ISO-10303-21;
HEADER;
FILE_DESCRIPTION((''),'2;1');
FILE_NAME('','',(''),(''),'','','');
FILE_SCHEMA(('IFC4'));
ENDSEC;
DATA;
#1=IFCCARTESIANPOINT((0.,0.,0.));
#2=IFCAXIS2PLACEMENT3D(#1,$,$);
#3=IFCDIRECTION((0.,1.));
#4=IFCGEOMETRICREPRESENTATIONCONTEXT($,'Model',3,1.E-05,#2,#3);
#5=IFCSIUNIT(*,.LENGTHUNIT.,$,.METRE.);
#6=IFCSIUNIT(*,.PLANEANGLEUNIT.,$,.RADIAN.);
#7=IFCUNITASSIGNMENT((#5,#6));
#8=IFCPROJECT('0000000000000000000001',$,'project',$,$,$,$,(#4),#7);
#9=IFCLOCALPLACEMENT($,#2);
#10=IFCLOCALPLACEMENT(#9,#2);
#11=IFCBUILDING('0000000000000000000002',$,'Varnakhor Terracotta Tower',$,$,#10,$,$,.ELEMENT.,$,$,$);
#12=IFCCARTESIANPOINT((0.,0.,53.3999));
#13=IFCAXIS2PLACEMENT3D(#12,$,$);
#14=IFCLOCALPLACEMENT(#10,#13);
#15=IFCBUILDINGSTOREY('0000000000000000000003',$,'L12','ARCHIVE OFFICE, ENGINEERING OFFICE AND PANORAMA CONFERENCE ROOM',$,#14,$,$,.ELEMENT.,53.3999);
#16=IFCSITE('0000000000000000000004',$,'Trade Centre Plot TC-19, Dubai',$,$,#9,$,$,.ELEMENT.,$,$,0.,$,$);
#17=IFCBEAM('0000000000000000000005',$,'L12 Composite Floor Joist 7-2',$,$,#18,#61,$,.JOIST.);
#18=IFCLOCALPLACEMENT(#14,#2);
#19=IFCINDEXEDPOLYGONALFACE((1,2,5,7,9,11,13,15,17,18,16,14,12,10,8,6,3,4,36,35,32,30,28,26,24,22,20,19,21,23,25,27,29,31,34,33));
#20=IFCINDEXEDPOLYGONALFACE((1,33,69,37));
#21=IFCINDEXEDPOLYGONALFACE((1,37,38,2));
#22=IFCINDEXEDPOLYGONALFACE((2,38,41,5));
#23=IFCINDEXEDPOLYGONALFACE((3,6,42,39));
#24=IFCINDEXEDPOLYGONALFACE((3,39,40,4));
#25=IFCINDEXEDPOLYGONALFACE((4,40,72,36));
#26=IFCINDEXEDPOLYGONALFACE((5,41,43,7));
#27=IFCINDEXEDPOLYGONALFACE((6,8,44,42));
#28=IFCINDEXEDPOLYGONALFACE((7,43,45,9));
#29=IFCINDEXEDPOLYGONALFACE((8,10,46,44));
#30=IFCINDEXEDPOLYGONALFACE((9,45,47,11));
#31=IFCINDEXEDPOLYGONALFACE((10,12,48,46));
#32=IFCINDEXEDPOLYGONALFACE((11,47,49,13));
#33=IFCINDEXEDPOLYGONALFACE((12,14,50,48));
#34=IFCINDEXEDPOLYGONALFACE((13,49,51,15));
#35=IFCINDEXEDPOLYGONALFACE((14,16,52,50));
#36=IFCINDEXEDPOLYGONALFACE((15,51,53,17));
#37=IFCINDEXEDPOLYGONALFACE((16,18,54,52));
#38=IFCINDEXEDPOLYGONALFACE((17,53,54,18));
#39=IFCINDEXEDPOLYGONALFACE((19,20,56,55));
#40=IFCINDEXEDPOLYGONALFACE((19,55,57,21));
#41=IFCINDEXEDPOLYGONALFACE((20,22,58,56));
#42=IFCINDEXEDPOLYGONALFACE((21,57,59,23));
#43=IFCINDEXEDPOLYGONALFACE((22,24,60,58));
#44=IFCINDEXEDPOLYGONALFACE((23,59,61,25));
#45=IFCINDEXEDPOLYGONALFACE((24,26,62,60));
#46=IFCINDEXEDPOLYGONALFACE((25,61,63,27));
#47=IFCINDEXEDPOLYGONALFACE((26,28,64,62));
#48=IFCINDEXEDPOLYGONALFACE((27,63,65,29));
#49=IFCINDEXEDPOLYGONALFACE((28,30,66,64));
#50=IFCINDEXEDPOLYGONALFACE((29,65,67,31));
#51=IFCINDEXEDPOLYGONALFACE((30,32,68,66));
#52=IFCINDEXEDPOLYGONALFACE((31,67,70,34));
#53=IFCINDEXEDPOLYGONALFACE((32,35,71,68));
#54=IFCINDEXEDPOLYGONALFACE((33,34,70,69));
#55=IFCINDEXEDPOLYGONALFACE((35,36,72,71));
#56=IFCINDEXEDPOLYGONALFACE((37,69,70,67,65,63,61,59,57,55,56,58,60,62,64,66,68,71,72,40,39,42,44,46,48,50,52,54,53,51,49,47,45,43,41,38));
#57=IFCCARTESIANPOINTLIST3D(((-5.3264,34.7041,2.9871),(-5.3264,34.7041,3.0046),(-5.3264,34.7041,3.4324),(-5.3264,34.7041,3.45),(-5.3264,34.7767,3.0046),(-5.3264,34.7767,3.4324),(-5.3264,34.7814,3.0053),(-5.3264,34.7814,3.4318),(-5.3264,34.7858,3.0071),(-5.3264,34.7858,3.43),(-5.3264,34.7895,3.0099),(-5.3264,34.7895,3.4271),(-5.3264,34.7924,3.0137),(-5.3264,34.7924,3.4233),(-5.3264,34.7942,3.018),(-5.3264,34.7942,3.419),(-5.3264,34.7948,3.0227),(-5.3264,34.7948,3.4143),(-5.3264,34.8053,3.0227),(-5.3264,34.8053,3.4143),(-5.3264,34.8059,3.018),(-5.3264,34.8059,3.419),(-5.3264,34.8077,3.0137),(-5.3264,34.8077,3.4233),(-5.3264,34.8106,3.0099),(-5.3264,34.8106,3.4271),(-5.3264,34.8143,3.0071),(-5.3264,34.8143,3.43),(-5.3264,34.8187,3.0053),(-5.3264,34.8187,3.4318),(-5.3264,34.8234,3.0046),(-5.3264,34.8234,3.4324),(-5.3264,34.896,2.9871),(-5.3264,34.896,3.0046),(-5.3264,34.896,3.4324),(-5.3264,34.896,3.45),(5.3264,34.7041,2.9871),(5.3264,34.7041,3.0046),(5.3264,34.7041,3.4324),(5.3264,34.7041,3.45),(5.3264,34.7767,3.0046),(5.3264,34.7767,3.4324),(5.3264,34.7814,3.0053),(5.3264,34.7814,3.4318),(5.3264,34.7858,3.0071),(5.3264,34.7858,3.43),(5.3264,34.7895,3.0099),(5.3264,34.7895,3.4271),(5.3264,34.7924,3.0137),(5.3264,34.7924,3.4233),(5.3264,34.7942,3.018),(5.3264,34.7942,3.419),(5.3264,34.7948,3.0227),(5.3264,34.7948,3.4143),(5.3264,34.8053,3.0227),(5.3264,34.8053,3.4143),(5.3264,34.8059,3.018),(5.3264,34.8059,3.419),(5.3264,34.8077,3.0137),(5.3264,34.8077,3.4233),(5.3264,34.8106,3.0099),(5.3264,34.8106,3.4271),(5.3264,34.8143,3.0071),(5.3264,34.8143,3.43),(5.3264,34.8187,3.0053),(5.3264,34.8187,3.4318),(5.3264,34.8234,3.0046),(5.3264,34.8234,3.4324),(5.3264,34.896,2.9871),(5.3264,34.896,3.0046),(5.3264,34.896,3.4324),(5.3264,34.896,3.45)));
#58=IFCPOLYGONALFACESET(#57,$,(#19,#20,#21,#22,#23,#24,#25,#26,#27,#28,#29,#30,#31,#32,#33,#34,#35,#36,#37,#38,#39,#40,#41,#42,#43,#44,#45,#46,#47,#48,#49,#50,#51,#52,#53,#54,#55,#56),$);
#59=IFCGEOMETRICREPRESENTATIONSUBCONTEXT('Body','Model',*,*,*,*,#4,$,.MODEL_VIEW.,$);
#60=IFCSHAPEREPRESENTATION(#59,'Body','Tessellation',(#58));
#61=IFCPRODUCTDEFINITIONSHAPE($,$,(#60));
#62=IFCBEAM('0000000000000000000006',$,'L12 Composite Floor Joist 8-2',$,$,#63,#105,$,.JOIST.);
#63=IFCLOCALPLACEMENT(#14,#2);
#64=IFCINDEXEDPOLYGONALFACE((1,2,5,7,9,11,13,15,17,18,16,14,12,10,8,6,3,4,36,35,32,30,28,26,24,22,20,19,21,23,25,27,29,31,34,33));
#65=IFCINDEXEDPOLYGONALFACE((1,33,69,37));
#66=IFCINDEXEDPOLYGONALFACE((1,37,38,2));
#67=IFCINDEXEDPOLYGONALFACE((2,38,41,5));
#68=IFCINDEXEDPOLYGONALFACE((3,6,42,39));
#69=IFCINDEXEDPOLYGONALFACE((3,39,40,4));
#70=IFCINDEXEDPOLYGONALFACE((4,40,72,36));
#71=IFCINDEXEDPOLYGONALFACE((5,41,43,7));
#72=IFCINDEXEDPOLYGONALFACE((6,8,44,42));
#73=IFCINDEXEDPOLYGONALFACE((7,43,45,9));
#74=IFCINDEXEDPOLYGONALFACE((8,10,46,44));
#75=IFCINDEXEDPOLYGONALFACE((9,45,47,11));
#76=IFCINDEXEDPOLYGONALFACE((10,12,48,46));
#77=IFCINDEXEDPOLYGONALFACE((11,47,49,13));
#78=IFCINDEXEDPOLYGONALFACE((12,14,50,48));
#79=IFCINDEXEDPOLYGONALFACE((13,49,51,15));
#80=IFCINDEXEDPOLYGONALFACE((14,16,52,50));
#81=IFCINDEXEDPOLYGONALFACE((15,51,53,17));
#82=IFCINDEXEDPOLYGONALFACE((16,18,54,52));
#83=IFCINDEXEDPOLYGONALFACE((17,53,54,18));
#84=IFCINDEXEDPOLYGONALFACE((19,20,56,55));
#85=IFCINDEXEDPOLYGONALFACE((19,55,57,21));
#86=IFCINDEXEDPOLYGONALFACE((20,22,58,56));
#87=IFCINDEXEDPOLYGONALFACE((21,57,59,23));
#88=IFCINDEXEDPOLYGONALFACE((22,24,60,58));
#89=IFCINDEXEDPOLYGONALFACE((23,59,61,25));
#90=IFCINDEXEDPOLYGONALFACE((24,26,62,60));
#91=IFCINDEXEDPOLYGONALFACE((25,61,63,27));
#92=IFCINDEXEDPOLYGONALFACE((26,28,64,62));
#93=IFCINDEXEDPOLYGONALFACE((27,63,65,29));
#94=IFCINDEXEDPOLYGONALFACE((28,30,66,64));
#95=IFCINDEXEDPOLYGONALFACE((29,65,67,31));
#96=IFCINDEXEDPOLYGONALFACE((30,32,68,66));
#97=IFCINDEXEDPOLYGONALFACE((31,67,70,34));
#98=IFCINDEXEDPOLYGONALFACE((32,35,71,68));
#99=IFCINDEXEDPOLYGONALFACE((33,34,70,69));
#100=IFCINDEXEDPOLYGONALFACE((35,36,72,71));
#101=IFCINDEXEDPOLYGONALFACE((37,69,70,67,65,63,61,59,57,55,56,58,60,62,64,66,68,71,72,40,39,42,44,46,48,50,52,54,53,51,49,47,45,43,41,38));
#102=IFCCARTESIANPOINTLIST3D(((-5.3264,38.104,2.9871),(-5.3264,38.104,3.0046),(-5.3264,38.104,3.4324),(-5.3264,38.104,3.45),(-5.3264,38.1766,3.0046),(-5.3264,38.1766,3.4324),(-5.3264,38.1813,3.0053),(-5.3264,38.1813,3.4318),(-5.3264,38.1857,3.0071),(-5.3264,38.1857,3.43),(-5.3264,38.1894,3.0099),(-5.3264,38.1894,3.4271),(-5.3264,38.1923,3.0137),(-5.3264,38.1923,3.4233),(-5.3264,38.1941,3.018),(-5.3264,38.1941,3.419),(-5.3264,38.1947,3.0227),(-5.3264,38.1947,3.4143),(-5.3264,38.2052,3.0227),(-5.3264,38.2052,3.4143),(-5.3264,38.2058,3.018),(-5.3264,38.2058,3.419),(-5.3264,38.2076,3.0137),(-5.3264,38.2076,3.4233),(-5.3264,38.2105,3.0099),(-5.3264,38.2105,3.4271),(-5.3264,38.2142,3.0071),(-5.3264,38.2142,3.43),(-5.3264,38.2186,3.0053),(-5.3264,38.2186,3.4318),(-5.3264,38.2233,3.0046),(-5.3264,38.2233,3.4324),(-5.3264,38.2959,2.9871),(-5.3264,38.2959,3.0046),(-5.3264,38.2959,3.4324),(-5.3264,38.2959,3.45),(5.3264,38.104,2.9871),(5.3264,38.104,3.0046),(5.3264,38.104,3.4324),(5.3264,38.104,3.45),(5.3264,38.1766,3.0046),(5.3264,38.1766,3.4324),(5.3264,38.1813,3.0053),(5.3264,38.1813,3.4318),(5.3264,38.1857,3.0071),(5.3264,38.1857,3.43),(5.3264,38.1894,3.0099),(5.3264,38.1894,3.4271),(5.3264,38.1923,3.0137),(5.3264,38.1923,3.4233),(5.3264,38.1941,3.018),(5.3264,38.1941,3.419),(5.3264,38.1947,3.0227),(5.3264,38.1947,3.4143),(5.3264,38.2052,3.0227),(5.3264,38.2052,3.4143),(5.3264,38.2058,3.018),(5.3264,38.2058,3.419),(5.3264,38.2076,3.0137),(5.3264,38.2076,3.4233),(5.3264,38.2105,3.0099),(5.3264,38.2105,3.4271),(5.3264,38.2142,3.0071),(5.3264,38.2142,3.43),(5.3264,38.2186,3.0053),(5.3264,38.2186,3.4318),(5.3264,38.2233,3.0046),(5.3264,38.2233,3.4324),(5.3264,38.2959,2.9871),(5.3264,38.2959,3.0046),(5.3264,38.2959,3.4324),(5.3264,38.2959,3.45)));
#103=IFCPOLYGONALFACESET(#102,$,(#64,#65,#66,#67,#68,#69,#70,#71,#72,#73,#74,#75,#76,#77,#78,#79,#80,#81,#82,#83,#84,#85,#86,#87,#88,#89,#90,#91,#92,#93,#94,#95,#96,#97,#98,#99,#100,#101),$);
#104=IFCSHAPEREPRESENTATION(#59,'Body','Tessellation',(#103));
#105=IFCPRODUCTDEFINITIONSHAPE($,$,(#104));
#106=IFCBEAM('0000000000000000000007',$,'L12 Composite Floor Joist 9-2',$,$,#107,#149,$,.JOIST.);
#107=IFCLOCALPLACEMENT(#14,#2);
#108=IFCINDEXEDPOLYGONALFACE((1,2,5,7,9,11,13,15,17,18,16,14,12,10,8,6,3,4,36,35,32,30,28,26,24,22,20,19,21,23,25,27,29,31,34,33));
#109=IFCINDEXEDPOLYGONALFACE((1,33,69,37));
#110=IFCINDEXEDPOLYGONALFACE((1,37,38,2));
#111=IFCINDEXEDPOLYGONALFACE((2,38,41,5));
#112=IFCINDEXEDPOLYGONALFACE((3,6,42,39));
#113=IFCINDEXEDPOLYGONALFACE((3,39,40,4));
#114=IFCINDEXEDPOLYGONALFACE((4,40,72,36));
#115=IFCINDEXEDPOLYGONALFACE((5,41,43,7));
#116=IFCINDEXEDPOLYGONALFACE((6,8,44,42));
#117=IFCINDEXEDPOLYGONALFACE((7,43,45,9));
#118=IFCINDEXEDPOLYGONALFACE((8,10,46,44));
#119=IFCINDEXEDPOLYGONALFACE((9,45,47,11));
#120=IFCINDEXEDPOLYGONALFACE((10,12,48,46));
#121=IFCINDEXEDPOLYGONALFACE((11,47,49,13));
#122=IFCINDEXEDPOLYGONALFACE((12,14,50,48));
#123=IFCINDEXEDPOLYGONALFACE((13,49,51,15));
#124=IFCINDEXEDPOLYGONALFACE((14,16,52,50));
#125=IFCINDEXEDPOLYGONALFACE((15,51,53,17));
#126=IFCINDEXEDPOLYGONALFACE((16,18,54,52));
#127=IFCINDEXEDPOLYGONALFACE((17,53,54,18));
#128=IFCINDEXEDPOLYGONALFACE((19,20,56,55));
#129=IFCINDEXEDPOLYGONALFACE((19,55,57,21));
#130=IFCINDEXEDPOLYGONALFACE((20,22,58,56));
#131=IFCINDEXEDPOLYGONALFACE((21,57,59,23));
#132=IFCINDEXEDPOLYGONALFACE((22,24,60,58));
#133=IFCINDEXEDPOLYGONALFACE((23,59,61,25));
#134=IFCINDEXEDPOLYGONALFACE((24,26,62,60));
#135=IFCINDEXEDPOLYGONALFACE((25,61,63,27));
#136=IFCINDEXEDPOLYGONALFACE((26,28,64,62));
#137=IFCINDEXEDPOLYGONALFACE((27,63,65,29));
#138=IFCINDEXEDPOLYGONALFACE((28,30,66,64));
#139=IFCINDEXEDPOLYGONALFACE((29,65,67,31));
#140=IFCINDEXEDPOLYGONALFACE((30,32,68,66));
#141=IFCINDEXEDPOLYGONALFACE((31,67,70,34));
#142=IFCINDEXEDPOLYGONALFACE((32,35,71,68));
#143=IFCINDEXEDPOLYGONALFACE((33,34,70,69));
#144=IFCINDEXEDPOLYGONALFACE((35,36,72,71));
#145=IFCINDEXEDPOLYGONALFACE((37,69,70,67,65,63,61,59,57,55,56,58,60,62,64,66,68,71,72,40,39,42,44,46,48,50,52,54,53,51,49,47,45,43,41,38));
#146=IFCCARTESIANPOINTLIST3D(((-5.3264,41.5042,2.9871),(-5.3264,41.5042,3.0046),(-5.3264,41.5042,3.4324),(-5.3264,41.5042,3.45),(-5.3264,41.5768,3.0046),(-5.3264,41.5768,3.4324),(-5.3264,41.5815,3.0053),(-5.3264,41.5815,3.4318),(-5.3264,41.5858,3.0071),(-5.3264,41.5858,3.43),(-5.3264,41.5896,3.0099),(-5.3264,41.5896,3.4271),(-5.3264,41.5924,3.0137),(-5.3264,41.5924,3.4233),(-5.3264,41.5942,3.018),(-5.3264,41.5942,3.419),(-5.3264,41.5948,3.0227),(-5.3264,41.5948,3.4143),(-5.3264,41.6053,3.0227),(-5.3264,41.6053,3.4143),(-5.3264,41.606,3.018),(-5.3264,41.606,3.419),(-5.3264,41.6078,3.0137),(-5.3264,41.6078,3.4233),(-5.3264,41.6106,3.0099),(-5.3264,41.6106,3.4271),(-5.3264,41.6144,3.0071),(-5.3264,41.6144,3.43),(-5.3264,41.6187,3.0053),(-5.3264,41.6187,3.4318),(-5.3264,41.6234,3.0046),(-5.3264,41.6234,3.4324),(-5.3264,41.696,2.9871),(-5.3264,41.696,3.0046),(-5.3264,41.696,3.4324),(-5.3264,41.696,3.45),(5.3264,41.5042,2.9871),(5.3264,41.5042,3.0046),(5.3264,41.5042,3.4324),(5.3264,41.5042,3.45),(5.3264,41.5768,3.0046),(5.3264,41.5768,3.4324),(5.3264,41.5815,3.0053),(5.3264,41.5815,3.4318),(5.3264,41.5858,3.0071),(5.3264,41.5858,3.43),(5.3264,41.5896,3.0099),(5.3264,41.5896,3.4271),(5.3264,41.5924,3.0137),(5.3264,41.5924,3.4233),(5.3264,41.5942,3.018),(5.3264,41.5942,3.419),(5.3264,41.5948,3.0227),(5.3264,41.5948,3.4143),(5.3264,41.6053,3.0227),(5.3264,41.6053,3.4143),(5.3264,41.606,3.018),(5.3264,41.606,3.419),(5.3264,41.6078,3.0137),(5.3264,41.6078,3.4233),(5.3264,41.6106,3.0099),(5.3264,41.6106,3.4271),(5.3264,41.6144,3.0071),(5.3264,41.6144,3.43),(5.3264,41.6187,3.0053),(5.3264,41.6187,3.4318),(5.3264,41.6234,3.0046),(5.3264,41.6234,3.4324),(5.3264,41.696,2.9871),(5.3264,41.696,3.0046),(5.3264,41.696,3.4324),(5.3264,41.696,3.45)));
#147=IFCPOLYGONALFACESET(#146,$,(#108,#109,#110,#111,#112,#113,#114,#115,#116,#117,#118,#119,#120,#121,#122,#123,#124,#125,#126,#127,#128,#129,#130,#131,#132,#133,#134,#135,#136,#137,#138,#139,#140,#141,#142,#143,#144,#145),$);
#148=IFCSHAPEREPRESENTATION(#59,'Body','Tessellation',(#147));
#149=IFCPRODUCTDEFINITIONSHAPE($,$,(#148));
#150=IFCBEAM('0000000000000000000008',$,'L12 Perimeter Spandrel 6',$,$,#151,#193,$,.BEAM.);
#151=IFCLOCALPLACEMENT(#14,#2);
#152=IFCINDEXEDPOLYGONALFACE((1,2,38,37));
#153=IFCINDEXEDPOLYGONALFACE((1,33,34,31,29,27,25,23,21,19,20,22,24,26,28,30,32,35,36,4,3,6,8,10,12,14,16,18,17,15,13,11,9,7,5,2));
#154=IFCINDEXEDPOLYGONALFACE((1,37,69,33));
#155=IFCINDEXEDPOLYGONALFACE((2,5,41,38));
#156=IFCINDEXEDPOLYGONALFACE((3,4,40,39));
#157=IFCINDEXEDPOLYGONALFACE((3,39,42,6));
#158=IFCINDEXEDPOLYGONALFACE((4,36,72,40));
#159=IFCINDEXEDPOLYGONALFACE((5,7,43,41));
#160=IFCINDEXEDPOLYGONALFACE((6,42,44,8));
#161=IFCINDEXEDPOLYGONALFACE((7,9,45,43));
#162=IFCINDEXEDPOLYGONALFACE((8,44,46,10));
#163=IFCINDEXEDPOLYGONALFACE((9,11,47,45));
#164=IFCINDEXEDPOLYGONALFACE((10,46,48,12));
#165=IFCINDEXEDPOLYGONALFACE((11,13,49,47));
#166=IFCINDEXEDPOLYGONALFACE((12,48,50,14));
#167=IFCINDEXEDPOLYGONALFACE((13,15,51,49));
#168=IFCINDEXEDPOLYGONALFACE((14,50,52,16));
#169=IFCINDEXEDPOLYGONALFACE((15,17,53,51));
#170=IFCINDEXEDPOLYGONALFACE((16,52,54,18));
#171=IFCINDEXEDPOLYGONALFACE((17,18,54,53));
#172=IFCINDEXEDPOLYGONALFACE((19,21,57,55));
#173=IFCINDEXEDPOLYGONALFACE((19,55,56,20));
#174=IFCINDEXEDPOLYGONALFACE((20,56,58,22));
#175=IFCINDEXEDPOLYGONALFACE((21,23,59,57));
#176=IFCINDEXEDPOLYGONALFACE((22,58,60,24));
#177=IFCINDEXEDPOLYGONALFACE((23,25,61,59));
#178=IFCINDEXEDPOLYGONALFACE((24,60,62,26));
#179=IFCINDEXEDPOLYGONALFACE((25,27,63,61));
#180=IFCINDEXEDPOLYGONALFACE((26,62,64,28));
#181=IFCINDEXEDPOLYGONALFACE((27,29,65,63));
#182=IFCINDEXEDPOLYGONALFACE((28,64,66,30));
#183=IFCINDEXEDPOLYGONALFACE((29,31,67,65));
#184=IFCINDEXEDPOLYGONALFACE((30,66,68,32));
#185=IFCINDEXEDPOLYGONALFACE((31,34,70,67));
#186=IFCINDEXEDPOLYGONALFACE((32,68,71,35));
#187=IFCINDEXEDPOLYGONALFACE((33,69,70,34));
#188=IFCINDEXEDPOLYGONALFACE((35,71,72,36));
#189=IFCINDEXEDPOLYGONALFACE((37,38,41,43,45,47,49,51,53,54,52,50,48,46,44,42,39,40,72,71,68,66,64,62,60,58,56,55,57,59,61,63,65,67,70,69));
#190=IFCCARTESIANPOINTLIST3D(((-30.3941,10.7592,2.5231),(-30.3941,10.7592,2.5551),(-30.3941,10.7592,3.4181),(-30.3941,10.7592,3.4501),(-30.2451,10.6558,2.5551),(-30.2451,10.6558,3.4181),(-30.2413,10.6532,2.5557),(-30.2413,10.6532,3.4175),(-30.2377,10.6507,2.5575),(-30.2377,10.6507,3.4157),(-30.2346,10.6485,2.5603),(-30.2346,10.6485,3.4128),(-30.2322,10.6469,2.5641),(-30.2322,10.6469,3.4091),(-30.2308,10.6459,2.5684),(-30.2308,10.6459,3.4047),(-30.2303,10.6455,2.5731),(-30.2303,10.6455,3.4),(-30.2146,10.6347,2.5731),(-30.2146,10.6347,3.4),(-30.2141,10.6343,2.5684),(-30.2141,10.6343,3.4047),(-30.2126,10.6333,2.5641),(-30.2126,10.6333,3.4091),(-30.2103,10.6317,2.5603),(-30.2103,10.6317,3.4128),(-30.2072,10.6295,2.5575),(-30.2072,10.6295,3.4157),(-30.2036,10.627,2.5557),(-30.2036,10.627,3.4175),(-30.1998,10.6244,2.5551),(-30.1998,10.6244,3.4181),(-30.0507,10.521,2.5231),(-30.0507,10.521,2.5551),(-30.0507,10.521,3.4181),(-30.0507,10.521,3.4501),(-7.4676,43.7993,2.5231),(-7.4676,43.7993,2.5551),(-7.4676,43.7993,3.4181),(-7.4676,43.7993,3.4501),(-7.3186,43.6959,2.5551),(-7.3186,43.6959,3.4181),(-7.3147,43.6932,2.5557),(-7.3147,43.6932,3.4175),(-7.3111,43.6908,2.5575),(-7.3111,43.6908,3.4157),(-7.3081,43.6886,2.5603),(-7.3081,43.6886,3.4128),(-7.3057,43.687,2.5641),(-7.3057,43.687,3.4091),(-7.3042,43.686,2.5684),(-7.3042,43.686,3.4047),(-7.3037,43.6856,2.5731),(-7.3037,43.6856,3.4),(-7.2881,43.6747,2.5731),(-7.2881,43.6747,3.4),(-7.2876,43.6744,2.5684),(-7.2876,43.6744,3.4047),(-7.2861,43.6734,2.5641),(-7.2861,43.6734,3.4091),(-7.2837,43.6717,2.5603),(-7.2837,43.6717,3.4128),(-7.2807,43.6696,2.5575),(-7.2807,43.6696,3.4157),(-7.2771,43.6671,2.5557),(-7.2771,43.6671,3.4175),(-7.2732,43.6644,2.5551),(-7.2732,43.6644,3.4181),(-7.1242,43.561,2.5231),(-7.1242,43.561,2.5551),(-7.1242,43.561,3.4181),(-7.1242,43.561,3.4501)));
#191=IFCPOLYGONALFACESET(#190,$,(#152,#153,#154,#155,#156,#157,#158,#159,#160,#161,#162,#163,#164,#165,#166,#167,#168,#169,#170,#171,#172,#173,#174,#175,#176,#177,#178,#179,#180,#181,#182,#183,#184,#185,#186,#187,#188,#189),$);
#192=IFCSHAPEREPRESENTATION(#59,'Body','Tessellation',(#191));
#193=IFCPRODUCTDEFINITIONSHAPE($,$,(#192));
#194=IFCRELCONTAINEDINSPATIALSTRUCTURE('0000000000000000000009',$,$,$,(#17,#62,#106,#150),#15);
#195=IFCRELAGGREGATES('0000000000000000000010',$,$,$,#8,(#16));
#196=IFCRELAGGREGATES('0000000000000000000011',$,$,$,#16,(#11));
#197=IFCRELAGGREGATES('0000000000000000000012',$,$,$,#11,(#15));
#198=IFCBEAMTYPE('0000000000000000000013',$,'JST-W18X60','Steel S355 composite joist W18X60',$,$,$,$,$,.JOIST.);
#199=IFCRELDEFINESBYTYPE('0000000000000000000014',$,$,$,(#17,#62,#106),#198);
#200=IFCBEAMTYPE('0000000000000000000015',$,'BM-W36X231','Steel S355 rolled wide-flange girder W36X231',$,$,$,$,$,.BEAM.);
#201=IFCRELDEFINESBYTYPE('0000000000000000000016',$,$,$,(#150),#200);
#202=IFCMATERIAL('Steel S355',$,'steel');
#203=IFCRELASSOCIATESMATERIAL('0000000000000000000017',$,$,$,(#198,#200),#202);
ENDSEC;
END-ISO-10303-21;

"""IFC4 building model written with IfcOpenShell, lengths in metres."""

from ifc_helpers import new_model, si_unit, direction, frame, origin, origin_2d, place, context, subcontext, project, spatial, i_section, extrude, source, transform, mapped, material, material_profile, profile_set, type_object, element, save


model = new_model("IFC4")

# Units and contexts
model_context = context("Model", 3, precision=1e-05, world=origin(), true_north=direction((0.0, 1.0)))
body_context = subcontext(model_context, "Body", "Model", "MODEL_VIEW")
ifc_project = project(units=[si_unit("LENGTHUNIT", "METRE"), si_unit("PLANEANGLEUNIT", "RADIAN")], contexts=[model_context])

# Site, building, storey
site_placement = place(None, origin())
site = spatial("IfcSite", under=ifc_project, at=site_placement, Name="Trade Centre Plot TC-19, Dubai", CompositionType="ELEMENT", RefElevation=0.0)
building_placement = place(site_placement, origin())
building = spatial("IfcBuilding", under=site, at=building_placement, Name="Varnakhor Terracotta Tower", CompositionType="ELEMENT")
storey_placement = place(building_placement, frame((0.0, 0.0, 53.3999)))
storey = spatial("IfcBuildingStorey", under=building, at=storey_placement, Name="L12", Description="ARCHIVE OFFICE, ENGINEERING OFFICE AND PANORAMA CONFERENCE ROOM", CompositionType="ELEMENT", Elevation=53.3999)

# Beams
ifc_material_1 = material(Name="Steel S355", Category="steel")
ifc_material_profile_1 = material_profile(ifc_material_1, i_section(OverallWidth=0.1919, OverallDepth=0.4629, WebThickness=0.0105, FlangeThickness=0.0176, FilletRadius=0.0181, at=origin_2d()), Name="W18X60")
ifc_profile_set_1 = profile_set([ifc_material_profile_1], Name="Steel S355")
beam_type_1 = type_object("IfcBeamType", Name="JST-W18X60", Description="Steel S355 composite joist W18X60", PredefinedType="JOIST", material=ifc_profile_set_1)
shared_shape_1 = source(origin(), body_context, "Body", "SweptSolid", [
    extrude(i_section(OverallWidth=0.1919, OverallDepth=0.4629, WebThickness=0.0105, FlangeThickness=0.0176, FilletRadius=0.0181, at=origin_2d()), origin(), (0.0, 0.0, 1.0), 10.6528),
])
for number, where, z_axis, x_axis, name in (
    (1, (-5.3264, 34.8, 3.2185), (1.0, 0.0, 0.0), (0.0, 1.0, 0.0), "L12 Composite Floor Joist 7-2"),
    (2, (-5.3264, 38.2, 3.2185), (1.0, 0.0, 0.0), (0.0, 1.0, 0.0), "L12 Composite Floor Joist 8-2"),
    (3, (-5.3264, 41.6001, 3.2185), (1.0, 0.0, 0.0), (0.0, 1.0, 0.0), "L12 Composite Floor Joist 9-2"),
):
    element("IfcBeam", number, at=place(storey_placement, frame(where, z_axis=z_axis, x_axis=x_axis)), inside=storey, type_object=beam_type_1, Name=name, PredefinedType="JOIST", context=body_context, shape_type="MappedRepresentation", body=[
        mapped(shared_shape_1, transform((0.0, 0.0, 0.0), scale=1.0)),
    ])
ifc_material_profile_2 = material_profile(ifc_material_1, i_section(OverallWidth=0.418, OverallDepth=0.927, WebThickness=0.019, FlangeThickness=0.032, FilletRadius=0.0181, at=origin_2d()), Name="W36X231")
ifc_profile_set_2 = profile_set([ifc_material_profile_2], Name="Steel S355")
beam_type_2 = type_object("IfcBeamType", Name="BM-W36X231", Description="Steel S355 rolled wide-flange girder W36X231", PredefinedType="BEAM", material=ifc_profile_set_2)
shared_shape_2 = source(origin(), body_context, "Body", "SweptSolid", [
    extrude(i_section(OverallWidth=0.418, OverallDepth=0.927, WebThickness=0.019, FlangeThickness=0.032, FilletRadius=0.0181, at=origin_2d()), origin(), (0.0, 0.0, 1.0), 40.2153),
])
beam_1_placement = place(storey_placement, frame((-7.2959, 43.6802, 2.9866), z_axis=(-0.570095, -0.821579, 0.0), x_axis=(0.821579, -0.570095, 0.0)))
element("IfcBeam", 4, at=beam_1_placement, inside=storey, type_object=beam_type_2, Name="L12 Perimeter Spandrel 6", PredefinedType="BEAM", context=body_context, shape_type="MappedRepresentation", body=[
    mapped(shared_shape_2, transform((0.0, 0.0, 0.0), scale=1.0)),
])

save(model, "model.ifc")
